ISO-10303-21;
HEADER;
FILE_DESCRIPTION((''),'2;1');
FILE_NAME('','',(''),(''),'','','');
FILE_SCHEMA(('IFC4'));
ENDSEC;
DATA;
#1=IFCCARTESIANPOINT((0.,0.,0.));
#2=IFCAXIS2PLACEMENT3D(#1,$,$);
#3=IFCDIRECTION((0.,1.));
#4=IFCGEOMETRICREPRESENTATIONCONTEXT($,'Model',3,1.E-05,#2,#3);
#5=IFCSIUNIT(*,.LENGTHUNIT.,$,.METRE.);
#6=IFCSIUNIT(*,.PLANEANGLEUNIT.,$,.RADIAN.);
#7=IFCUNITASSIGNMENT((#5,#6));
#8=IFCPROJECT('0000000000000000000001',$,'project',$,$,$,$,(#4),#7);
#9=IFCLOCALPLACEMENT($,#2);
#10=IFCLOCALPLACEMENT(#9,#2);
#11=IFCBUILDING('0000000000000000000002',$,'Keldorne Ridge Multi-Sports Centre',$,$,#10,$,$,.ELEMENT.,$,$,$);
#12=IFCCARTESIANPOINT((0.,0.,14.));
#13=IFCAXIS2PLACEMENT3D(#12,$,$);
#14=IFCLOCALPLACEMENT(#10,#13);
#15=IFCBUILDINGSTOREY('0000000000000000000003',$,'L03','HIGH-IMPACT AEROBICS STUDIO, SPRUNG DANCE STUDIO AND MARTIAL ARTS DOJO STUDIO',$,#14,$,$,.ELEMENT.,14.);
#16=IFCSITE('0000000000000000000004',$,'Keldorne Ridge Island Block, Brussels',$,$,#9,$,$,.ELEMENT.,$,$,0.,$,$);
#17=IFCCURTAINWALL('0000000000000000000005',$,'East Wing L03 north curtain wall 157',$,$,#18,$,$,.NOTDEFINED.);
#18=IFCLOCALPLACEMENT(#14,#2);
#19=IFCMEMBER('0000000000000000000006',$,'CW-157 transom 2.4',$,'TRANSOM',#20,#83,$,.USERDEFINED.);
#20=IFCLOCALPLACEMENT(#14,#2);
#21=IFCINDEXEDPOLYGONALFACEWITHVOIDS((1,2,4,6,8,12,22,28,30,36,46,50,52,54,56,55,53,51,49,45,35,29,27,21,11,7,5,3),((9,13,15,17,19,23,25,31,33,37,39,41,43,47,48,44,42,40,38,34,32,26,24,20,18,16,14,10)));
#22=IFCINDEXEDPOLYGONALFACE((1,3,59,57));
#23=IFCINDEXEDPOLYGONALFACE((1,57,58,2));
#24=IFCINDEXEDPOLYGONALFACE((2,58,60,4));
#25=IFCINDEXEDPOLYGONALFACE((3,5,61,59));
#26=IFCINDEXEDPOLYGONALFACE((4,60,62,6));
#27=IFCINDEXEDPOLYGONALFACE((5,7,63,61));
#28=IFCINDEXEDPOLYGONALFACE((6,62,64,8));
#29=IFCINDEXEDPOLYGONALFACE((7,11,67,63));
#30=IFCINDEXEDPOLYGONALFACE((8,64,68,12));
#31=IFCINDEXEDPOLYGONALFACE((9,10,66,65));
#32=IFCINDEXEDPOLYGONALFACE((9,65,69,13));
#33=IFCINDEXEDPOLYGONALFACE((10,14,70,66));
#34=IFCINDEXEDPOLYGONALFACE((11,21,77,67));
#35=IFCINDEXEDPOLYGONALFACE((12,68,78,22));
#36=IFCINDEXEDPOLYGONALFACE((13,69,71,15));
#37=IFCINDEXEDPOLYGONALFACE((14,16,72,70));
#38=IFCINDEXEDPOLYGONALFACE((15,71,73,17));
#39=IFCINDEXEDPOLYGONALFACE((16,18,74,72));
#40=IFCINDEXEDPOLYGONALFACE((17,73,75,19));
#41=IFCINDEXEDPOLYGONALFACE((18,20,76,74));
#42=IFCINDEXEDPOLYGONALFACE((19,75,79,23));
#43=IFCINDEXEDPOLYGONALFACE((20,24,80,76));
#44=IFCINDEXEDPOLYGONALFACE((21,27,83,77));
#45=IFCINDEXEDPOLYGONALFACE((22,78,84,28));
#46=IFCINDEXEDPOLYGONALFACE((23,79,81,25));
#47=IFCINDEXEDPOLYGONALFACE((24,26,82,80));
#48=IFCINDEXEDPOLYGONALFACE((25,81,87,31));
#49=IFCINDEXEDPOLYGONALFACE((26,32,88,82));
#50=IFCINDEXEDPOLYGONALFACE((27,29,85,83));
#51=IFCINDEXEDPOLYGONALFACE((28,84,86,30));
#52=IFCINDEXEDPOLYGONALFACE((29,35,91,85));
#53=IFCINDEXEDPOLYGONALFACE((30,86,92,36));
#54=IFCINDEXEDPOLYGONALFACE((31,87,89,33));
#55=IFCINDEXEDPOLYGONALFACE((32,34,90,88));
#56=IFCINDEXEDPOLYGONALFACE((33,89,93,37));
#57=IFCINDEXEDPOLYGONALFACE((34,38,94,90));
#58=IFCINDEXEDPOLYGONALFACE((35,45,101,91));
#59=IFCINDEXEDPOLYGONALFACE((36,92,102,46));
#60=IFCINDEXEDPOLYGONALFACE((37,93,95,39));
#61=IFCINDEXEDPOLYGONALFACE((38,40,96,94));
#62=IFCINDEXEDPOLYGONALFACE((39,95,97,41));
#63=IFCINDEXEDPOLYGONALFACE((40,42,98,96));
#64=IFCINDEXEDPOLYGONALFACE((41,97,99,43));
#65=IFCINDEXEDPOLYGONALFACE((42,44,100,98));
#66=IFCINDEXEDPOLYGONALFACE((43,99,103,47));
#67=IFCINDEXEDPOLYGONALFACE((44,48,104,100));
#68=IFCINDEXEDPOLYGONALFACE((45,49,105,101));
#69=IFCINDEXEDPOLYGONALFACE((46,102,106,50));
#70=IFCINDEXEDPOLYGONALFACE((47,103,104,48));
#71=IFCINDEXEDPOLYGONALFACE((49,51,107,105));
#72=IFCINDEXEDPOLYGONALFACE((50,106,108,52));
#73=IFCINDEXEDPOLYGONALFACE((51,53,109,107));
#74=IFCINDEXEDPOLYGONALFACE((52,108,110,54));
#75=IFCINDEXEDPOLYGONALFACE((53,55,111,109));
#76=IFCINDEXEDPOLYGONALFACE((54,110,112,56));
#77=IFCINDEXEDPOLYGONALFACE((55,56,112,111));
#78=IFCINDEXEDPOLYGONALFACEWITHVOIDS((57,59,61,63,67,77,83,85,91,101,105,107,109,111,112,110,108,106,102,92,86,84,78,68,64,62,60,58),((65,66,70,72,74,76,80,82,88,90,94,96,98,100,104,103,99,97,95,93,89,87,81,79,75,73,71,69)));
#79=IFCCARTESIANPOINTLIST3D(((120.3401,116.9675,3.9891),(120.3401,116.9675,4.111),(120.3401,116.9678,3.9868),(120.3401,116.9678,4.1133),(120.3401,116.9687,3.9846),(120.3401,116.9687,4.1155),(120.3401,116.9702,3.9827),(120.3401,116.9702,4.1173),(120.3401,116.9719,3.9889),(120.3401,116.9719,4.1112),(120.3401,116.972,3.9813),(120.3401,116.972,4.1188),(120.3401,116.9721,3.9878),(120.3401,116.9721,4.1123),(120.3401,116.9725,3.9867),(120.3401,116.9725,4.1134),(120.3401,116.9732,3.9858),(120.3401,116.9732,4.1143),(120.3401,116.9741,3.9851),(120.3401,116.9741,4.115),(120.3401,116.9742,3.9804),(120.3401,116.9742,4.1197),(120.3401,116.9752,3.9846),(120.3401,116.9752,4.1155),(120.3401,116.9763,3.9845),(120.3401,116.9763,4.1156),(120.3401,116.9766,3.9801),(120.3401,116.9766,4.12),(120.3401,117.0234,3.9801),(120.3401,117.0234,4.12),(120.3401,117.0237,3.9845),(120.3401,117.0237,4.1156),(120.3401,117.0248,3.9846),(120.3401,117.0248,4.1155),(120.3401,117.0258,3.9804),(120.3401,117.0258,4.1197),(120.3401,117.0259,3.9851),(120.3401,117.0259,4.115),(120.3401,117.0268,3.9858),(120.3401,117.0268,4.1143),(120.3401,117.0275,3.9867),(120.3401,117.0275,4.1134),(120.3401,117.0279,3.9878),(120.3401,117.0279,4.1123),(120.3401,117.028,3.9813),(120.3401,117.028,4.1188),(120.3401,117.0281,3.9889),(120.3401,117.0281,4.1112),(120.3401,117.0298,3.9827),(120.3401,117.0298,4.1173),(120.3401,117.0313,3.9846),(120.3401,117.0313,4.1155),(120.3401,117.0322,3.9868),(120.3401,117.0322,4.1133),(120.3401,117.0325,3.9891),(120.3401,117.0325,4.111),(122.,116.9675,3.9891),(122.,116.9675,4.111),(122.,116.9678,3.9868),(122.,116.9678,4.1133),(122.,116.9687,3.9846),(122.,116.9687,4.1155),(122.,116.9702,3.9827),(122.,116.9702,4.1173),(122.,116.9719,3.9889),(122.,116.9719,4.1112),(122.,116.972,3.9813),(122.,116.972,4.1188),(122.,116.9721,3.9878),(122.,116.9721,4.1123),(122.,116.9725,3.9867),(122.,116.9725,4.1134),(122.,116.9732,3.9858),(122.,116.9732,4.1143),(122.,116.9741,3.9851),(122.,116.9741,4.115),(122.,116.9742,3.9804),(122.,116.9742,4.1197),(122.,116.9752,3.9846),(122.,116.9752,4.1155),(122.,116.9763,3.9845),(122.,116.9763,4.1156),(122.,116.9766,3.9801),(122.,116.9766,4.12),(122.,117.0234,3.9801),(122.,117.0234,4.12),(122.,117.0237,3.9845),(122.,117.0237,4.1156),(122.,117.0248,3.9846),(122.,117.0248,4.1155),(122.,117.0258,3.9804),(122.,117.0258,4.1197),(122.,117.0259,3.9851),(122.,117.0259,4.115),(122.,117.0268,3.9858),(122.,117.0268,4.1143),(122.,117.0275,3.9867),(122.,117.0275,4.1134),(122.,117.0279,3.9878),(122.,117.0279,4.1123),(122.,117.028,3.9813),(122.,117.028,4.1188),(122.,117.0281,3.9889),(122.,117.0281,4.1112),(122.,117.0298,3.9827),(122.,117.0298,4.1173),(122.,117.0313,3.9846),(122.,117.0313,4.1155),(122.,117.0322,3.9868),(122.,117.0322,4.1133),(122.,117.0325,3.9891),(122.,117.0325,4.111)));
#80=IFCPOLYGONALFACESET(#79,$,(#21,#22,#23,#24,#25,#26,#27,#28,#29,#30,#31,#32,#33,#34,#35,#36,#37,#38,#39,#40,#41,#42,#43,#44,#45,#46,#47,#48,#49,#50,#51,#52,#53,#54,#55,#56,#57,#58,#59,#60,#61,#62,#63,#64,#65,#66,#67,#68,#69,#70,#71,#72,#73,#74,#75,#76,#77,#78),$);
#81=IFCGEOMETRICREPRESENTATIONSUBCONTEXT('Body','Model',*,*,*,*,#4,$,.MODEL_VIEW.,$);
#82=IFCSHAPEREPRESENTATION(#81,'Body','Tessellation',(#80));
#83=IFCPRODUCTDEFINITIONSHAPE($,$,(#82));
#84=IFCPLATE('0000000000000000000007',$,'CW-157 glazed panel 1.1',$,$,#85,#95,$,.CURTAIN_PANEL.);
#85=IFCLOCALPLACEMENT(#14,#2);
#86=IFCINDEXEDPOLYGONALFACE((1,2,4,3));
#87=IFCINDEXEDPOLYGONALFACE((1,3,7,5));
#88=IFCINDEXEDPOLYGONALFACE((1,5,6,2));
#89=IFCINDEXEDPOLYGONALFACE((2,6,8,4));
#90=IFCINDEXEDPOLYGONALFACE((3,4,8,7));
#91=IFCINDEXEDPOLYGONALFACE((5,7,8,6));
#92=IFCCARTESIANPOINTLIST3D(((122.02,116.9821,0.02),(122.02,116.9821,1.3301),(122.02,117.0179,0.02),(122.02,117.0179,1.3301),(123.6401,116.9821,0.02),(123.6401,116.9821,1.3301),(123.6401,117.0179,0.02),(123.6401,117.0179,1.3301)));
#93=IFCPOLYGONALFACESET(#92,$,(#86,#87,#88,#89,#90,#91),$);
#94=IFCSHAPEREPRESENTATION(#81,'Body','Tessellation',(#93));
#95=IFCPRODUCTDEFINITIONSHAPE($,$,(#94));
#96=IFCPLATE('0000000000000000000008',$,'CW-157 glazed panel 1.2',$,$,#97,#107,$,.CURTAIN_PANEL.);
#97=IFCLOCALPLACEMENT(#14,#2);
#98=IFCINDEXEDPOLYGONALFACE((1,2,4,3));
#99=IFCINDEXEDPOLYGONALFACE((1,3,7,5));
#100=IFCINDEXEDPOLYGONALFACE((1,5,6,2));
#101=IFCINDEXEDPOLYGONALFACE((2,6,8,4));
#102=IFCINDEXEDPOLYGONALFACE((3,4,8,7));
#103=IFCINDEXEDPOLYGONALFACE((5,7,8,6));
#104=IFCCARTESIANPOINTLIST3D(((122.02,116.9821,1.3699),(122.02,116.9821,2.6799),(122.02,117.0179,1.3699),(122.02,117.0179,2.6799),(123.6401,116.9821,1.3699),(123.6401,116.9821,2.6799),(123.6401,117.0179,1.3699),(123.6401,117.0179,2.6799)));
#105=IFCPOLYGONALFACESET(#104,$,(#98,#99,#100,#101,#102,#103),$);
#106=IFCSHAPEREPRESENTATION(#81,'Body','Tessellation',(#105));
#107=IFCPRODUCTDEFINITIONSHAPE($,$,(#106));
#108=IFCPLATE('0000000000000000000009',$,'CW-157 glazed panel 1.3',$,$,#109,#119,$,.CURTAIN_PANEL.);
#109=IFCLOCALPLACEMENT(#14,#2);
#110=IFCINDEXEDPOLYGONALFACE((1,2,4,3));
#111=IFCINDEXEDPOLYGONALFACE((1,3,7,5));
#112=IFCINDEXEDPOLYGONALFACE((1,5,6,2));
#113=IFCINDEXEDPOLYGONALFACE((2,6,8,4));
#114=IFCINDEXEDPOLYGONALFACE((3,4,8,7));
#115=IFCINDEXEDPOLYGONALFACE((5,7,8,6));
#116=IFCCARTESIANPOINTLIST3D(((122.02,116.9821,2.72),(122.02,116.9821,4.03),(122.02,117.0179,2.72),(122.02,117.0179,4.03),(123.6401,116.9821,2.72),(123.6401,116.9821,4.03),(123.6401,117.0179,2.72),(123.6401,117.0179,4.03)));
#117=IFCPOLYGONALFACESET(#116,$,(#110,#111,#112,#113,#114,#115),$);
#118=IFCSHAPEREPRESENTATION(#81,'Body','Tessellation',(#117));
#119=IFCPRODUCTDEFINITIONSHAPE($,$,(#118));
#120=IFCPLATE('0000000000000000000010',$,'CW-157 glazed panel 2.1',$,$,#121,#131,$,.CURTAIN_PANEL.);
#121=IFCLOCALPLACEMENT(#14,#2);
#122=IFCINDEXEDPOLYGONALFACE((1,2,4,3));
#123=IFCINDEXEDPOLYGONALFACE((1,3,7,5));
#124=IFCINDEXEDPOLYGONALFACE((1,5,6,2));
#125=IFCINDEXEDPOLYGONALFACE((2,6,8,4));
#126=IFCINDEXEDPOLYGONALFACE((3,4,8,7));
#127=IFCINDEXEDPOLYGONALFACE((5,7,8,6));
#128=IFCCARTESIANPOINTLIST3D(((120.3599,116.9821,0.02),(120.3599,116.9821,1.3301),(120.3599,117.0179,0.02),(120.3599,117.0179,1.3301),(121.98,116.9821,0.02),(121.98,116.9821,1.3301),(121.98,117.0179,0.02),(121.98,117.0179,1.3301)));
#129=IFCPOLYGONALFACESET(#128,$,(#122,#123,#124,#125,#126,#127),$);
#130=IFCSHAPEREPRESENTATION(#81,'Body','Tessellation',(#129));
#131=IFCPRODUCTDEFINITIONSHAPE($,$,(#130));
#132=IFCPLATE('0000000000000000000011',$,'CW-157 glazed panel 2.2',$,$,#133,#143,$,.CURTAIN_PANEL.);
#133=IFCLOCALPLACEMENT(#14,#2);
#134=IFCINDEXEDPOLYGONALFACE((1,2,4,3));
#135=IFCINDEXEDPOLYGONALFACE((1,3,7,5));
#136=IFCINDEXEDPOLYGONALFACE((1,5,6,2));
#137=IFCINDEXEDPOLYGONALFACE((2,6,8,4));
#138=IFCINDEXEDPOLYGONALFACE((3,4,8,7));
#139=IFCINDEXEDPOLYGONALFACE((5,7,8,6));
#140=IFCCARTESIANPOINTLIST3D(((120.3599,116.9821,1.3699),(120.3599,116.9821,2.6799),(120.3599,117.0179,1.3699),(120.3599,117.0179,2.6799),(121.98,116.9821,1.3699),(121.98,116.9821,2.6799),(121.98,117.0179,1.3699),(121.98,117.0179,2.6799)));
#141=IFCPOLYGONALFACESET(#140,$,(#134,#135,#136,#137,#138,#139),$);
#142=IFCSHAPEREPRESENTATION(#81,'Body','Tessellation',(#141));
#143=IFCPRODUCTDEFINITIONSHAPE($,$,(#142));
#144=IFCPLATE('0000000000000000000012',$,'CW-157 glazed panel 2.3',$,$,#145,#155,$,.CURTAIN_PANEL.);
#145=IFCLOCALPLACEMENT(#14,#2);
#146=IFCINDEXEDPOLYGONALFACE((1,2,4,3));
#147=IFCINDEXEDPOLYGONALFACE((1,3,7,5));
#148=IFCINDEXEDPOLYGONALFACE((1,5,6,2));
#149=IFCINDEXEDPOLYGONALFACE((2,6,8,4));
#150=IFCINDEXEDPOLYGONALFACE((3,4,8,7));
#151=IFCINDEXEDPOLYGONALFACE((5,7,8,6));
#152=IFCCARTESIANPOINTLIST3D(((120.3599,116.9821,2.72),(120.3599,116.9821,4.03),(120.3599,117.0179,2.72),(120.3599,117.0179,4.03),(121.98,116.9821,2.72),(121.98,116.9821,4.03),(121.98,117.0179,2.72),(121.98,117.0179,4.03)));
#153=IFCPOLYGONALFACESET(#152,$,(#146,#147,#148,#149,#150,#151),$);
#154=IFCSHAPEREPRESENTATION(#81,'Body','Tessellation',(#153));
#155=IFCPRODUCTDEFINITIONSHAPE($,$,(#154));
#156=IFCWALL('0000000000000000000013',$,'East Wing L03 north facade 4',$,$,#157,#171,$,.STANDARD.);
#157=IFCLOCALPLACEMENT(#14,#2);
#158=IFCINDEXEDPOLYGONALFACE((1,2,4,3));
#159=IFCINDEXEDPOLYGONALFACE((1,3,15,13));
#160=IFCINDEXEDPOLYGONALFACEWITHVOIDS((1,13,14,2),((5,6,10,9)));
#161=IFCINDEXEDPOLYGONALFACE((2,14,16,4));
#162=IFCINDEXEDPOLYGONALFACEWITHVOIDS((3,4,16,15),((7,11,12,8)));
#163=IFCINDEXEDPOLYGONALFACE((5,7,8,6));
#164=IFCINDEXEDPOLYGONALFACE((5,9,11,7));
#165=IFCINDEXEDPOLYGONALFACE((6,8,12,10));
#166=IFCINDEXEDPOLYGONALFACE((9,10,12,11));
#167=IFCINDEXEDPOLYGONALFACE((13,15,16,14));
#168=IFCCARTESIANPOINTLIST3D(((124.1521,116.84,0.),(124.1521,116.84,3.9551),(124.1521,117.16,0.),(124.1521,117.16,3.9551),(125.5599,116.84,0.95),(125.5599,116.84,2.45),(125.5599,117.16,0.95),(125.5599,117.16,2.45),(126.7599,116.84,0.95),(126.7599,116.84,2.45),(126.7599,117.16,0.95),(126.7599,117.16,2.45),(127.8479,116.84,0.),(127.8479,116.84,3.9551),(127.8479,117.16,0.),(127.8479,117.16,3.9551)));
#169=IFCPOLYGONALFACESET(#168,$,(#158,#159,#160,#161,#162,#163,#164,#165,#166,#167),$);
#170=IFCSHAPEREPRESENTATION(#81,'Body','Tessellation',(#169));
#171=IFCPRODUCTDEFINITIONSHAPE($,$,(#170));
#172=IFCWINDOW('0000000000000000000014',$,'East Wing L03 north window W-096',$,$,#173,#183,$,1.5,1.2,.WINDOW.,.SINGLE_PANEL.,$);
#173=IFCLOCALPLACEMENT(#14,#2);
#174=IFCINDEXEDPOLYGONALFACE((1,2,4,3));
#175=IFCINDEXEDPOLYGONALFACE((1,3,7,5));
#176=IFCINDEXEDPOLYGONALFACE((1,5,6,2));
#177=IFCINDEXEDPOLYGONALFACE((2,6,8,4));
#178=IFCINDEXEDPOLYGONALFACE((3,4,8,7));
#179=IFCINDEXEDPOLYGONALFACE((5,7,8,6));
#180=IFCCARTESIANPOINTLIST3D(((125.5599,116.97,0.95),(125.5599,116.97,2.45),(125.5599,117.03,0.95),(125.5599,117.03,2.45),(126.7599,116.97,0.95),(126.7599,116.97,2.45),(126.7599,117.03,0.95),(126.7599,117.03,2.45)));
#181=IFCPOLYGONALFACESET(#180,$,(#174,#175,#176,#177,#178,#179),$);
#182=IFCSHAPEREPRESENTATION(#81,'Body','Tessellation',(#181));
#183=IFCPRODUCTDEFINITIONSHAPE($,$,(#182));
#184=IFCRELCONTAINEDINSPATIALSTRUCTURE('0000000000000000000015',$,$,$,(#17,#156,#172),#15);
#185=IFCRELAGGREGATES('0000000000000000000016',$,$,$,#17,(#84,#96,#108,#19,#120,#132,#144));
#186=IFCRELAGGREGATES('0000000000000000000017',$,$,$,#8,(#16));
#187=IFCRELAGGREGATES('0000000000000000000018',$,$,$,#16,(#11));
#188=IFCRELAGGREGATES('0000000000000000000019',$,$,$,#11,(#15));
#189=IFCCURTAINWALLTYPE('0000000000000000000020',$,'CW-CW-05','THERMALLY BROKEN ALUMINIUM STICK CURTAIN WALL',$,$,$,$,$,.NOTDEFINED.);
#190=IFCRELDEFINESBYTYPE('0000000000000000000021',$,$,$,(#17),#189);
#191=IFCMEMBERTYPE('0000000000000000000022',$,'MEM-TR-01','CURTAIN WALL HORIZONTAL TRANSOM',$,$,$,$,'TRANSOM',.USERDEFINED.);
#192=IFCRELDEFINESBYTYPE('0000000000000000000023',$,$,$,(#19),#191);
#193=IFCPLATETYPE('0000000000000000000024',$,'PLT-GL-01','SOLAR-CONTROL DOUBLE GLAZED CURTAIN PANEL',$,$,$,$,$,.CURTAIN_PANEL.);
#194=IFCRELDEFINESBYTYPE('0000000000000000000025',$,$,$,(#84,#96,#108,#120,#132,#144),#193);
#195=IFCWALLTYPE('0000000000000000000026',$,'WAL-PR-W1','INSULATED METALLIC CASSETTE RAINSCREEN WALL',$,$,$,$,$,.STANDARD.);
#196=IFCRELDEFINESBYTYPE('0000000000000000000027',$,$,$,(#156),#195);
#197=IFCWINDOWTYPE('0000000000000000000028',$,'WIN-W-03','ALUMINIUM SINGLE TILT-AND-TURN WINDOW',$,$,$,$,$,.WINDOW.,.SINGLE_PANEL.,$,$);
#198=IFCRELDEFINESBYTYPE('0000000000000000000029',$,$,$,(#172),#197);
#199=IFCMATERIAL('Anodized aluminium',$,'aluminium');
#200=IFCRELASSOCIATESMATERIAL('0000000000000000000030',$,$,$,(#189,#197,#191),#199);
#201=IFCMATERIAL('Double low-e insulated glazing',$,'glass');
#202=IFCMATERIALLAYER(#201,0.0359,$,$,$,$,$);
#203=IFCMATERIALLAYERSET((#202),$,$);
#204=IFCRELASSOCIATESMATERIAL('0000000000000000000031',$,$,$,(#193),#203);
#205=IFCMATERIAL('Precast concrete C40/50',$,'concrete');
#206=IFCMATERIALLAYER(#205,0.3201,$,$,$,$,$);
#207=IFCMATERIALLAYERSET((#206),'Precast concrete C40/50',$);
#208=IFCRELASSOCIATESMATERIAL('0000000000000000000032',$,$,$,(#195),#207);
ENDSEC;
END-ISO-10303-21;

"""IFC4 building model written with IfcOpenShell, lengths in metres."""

from ifc_helpers import new_model, si_unit, direction, frame, frame_2d, origin, origin_2d, place, context, subcontext, project, spatial, rectangle, hollow_rectangle, extrude, material, layer, layer_set, material_profile, profile_set, type_object, element, fill, aggregate, save


model = new_model("IFC4")

# Units and contexts
model_context = context("Model", 3, precision=1e-05, world=origin(), true_north=direction((0.0, 1.0)))
body_context = subcontext(model_context, "Body", "Model", "MODEL_VIEW")
ifc_project = project(units=[si_unit("LENGTHUNIT", "METRE"), si_unit("PLANEANGLEUNIT", "RADIAN")], contexts=[model_context])

# Site, building, storey
site_placement = place(None, origin())
site = spatial("IfcSite", under=ifc_project, at=site_placement, Name="Keldorne Ridge Island Block, Brussels", CompositionType="ELEMENT", RefElevation=0.0)
building_placement = place(site_placement, origin())
building = spatial("IfcBuilding", under=site, at=building_placement, Name="Keldorne Ridge Multi-Sports Centre", CompositionType="ELEMENT")
storey_placement = place(building_placement, frame((0.0, 0.0, 14.0)))
storey = spatial("IfcBuildingStorey", under=building, at=storey_placement, Name="L03", Description="HIGH-IMPACT AEROBICS STUDIO, SPRUNG DANCE STUDIO AND MARTIAL ARTS DOJO STUDIO", CompositionType="ELEMENT", Elevation=14.0)

# Curtain wall, member, plates
ifc_material_1 = material(Name="Anodized aluminium", Category="aluminium")
curtain_wall_type = type_object("IfcCurtainWallType", Name="CW-CW-05", Description="THERMALLY BROKEN ALUMINIUM STICK CURTAIN WALL", PredefinedType="NOTDEFINED", material=ifc_material_1)
curtain_wall_placement = place(storey_placement, origin())
curtain_wall = element("IfcCurtainWall", 1, at=curtain_wall_placement, inside=storey, type_object=curtain_wall_type, Name="East Wing L03 north curtain wall 157", PredefinedType="NOTDEFINED")
ifc_material_profile_1 = material_profile(ifc_material_1, hollow_rectangle(XDim=0.0649, YDim=0.1399, WallThickness=0.0044, InnerFilletRadius=0.0044, OuterFilletRadius=0.009, at=origin_2d()), Name="ALU TRANSOM 140x65x4.5")
ifc_profile_set_1 = profile_set([ifc_material_profile_1], Name="Anodized aluminium")
member_type_1 = type_object("IfcMemberType", Name="MEM-TR-01", Description="CURTAIN WALL HORIZONTAL TRANSOM", ElementType="TRANSOM", PredefinedType="USERDEFINED", material=ifc_profile_set_1)
member_1_placement = place(storey_placement, frame((122.0, 117.0, 4.05), z_axis=(-1.0, 0.0, 0.0), x_axis=(0.0, -1.0, 0.0)))
member_1 = element("IfcMember", 2, at=member_1_placement, type_object=member_type_1, Name="CW-157 transom 2.4", ObjectType="TRANSOM", PredefinedType="USERDEFINED", context=body_context, shape_type="SweptSolid", body=[
    extrude(hollow_rectangle(XDim=0.0649, YDim=0.1399, WallThickness=0.0044, InnerFilletRadius=0.0044, OuterFilletRadius=0.009, at=origin_2d()), origin(), (0.0, 0.0, 1.0), 1.6599),
])
ifc_material_2 = material(Name="Double low-e insulated glazing", Category="glass")
ifc_layer_1 = layer(ifc_material_2, 0.0359)
ifc_layer_set_1 = layer_set([ifc_layer_1])
plate_type = type_object("IfcPlateType", Name="PLT-GL-01", Description="SOLAR-CONTROL DOUBLE GLAZED CURTAIN PANEL", PredefinedType="CURTAIN_PANEL", material=ifc_layer_set_1)
plate_1_placement = place(storey_placement, frame((122.8301, 117.0, 0.02), z_axis=(0.0, 0.0, 1.0), x_axis=(-1.0, 0.0, 0.0)))
plate_1 = element("IfcPlate", 3, at=plate_1_placement, type_object=plate_type, Name="CW-157 glazed panel 1.1", PredefinedType="CURTAIN_PANEL", context=body_context, shape_type="SweptSolid", body=[
    extrude(rectangle(XDim=1.6201, YDim=0.0359, at=origin_2d()), origin(), (0.0, 0.0, 1.0), 1.3101),
])
plate_2_placement = place(storey_placement, frame((122.8301, 117.0, 1.3699), z_axis=(0.0, 0.0, 1.0), x_axis=(-1.0, 0.0, 0.0)))
plate_2 = element("IfcPlate", 4, at=plate_2_placement, type_object=plate_type, Name="CW-157 glazed panel 1.2", PredefinedType="CURTAIN_PANEL", context=body_context, shape_type="SweptSolid", body=[
    extrude(rectangle(XDim=1.6201, YDim=0.0359, at=origin_2d()), origin(), (0.0, 0.0, 1.0), 1.3101),
])
plate_3_placement = place(storey_placement, frame((122.8301, 117.0, 2.72), z_axis=(0.0, 0.0, 1.0), x_axis=(-1.0, 0.0, 0.0)))
plate_3 = element("IfcPlate", 5, at=plate_3_placement, type_object=plate_type, Name="CW-157 glazed panel 1.3", PredefinedType="CURTAIN_PANEL", context=body_context, shape_type="SweptSolid", body=[
    extrude(rectangle(XDim=1.6201, YDim=0.0359, at=origin_2d()), origin(), (0.0, 0.0, 1.0), 1.3101),
])
plate_4_placement = place(storey_placement, frame((121.1699, 117.0, 0.02), z_axis=(0.0, 0.0, 1.0), x_axis=(-1.0, 0.0, 0.0)))
plate_4 = element("IfcPlate", 6, at=plate_4_placement, type_object=plate_type, Name="CW-157 glazed panel 2.1", PredefinedType="CURTAIN_PANEL", context=body_context, shape_type="SweptSolid", body=[
    extrude(rectangle(XDim=1.6201, YDim=0.0359, at=origin_2d()), origin(), (0.0, 0.0, 1.0), 1.3101),
])
plate_5_placement = place(storey_placement, frame((121.1699, 117.0, 1.3699), z_axis=(0.0, 0.0, 1.0), x_axis=(-1.0, 0.0, 0.0)))
plate_5 = element("IfcPlate", 7, at=plate_5_placement, type_object=plate_type, Name="CW-157 glazed panel 2.2", PredefinedType="CURTAIN_PANEL", context=body_context, shape_type="SweptSolid", body=[
    extrude(rectangle(XDim=1.6201, YDim=0.0359, at=origin_2d()), origin(), (0.0, 0.0, 1.0), 1.3101),
])
plate_6_placement = place(storey_placement, frame((121.1699, 117.0, 2.72), z_axis=(0.0, 0.0, 1.0), x_axis=(-1.0, 0.0, 0.0)))
plate_6 = element("IfcPlate", 8, at=plate_6_placement, type_object=plate_type, Name="CW-157 glazed panel 2.3", PredefinedType="CURTAIN_PANEL", context=body_context, shape_type="SweptSolid", body=[
    extrude(rectangle(XDim=1.6201, YDim=0.0359, at=origin_2d()), origin(), (0.0, 0.0, 1.0), 1.3101),
])
aggregate(curtain_wall, [plate_1, plate_2, plate_3, member_1, plate_4, plate_5, plate_6])

# Wall, opening, window
ifc_material_3 = material(Name="Precast concrete C40/50", Category="concrete")
ifc_layer_2 = layer(ifc_material_3, 0.3201)
ifc_layer_set_2 = layer_set([ifc_layer_2], Name="Precast concrete C40/50")
wall_type_1 = type_object("IfcWallType", Name="WAL-PR-W1", Description="INSULATED METALLIC CASSETTE RAINSCREEN WALL", PredefinedType="STANDARD", material=ifc_layer_set_2)
wall_1_placement = place(storey_placement, frame((127.8479, 117.0, 0.0), z_axis=(0.0, 0.0, 1.0), x_axis=(-1.0, 0.0, 0.0)))
wall_1 = element("IfcWall", 9, at=wall_1_placement, inside=storey, type_object=wall_type_1, Name="East Wing L03 north facade 4", PredefinedType="STANDARD", context=body_context, shape_type="SweptSolid", body=[
    extrude(rectangle(XDim=3.6958, YDim=0.3201, at=frame_2d((1.8479, 0.0))), origin(), (0.0, 0.0, 1.0), 3.9551),
])
opening_1_placement = place(wall_1_placement, frame((1.0879, 0.0, 0.95)))
opening_1 = element("IfcOpeningElement", 10, at=opening_1_placement, cuts=wall_1, PredefinedType="OPENING", context=body_context, shape_type="SweptSolid", body=[
    extrude(rectangle(XDim=1.2, YDim=1.5, at=frame_2d((0.6001, 0.75))), frame((0.0, 0.1699, 0.0), z_axis=(0.0, -1.0, 0.0), x_axis=(1.0, 0.0, 0.0)), (0.0, 0.0, 1.0), 0.3401),
])
window_type = type_object("IfcWindowType", Name="WIN-W-03", Description="ALUMINIUM SINGLE TILT-AND-TURN WINDOW", PartitioningType="SINGLE_PANEL", PredefinedType="WINDOW", material=ifc_material_1)
window_placement = place(opening_1_placement, origin())
window = element("IfcWindow", 11, at=window_placement, inside=storey, type_object=window_type, Name="East Wing L03 north window W-096", OverallHeight=1.5, OverallWidth=1.2, PartitioningType="SINGLE_PANEL", PredefinedType="WINDOW", context=body_context, shape_type="SweptSolid", body=[
    extrude(rectangle(XDim=1.2, YDim=1.5, at=frame_2d((0.6001, 0.75))), frame((0.0, 0.03, 0.0), z_axis=(0.0, -1.0, 0.0), x_axis=(1.0, 0.0, 0.0)), (0.0, 0.0, 1.0), 0.0601),
])
fill(opening_1, window)

save(model, "model.ifc")
